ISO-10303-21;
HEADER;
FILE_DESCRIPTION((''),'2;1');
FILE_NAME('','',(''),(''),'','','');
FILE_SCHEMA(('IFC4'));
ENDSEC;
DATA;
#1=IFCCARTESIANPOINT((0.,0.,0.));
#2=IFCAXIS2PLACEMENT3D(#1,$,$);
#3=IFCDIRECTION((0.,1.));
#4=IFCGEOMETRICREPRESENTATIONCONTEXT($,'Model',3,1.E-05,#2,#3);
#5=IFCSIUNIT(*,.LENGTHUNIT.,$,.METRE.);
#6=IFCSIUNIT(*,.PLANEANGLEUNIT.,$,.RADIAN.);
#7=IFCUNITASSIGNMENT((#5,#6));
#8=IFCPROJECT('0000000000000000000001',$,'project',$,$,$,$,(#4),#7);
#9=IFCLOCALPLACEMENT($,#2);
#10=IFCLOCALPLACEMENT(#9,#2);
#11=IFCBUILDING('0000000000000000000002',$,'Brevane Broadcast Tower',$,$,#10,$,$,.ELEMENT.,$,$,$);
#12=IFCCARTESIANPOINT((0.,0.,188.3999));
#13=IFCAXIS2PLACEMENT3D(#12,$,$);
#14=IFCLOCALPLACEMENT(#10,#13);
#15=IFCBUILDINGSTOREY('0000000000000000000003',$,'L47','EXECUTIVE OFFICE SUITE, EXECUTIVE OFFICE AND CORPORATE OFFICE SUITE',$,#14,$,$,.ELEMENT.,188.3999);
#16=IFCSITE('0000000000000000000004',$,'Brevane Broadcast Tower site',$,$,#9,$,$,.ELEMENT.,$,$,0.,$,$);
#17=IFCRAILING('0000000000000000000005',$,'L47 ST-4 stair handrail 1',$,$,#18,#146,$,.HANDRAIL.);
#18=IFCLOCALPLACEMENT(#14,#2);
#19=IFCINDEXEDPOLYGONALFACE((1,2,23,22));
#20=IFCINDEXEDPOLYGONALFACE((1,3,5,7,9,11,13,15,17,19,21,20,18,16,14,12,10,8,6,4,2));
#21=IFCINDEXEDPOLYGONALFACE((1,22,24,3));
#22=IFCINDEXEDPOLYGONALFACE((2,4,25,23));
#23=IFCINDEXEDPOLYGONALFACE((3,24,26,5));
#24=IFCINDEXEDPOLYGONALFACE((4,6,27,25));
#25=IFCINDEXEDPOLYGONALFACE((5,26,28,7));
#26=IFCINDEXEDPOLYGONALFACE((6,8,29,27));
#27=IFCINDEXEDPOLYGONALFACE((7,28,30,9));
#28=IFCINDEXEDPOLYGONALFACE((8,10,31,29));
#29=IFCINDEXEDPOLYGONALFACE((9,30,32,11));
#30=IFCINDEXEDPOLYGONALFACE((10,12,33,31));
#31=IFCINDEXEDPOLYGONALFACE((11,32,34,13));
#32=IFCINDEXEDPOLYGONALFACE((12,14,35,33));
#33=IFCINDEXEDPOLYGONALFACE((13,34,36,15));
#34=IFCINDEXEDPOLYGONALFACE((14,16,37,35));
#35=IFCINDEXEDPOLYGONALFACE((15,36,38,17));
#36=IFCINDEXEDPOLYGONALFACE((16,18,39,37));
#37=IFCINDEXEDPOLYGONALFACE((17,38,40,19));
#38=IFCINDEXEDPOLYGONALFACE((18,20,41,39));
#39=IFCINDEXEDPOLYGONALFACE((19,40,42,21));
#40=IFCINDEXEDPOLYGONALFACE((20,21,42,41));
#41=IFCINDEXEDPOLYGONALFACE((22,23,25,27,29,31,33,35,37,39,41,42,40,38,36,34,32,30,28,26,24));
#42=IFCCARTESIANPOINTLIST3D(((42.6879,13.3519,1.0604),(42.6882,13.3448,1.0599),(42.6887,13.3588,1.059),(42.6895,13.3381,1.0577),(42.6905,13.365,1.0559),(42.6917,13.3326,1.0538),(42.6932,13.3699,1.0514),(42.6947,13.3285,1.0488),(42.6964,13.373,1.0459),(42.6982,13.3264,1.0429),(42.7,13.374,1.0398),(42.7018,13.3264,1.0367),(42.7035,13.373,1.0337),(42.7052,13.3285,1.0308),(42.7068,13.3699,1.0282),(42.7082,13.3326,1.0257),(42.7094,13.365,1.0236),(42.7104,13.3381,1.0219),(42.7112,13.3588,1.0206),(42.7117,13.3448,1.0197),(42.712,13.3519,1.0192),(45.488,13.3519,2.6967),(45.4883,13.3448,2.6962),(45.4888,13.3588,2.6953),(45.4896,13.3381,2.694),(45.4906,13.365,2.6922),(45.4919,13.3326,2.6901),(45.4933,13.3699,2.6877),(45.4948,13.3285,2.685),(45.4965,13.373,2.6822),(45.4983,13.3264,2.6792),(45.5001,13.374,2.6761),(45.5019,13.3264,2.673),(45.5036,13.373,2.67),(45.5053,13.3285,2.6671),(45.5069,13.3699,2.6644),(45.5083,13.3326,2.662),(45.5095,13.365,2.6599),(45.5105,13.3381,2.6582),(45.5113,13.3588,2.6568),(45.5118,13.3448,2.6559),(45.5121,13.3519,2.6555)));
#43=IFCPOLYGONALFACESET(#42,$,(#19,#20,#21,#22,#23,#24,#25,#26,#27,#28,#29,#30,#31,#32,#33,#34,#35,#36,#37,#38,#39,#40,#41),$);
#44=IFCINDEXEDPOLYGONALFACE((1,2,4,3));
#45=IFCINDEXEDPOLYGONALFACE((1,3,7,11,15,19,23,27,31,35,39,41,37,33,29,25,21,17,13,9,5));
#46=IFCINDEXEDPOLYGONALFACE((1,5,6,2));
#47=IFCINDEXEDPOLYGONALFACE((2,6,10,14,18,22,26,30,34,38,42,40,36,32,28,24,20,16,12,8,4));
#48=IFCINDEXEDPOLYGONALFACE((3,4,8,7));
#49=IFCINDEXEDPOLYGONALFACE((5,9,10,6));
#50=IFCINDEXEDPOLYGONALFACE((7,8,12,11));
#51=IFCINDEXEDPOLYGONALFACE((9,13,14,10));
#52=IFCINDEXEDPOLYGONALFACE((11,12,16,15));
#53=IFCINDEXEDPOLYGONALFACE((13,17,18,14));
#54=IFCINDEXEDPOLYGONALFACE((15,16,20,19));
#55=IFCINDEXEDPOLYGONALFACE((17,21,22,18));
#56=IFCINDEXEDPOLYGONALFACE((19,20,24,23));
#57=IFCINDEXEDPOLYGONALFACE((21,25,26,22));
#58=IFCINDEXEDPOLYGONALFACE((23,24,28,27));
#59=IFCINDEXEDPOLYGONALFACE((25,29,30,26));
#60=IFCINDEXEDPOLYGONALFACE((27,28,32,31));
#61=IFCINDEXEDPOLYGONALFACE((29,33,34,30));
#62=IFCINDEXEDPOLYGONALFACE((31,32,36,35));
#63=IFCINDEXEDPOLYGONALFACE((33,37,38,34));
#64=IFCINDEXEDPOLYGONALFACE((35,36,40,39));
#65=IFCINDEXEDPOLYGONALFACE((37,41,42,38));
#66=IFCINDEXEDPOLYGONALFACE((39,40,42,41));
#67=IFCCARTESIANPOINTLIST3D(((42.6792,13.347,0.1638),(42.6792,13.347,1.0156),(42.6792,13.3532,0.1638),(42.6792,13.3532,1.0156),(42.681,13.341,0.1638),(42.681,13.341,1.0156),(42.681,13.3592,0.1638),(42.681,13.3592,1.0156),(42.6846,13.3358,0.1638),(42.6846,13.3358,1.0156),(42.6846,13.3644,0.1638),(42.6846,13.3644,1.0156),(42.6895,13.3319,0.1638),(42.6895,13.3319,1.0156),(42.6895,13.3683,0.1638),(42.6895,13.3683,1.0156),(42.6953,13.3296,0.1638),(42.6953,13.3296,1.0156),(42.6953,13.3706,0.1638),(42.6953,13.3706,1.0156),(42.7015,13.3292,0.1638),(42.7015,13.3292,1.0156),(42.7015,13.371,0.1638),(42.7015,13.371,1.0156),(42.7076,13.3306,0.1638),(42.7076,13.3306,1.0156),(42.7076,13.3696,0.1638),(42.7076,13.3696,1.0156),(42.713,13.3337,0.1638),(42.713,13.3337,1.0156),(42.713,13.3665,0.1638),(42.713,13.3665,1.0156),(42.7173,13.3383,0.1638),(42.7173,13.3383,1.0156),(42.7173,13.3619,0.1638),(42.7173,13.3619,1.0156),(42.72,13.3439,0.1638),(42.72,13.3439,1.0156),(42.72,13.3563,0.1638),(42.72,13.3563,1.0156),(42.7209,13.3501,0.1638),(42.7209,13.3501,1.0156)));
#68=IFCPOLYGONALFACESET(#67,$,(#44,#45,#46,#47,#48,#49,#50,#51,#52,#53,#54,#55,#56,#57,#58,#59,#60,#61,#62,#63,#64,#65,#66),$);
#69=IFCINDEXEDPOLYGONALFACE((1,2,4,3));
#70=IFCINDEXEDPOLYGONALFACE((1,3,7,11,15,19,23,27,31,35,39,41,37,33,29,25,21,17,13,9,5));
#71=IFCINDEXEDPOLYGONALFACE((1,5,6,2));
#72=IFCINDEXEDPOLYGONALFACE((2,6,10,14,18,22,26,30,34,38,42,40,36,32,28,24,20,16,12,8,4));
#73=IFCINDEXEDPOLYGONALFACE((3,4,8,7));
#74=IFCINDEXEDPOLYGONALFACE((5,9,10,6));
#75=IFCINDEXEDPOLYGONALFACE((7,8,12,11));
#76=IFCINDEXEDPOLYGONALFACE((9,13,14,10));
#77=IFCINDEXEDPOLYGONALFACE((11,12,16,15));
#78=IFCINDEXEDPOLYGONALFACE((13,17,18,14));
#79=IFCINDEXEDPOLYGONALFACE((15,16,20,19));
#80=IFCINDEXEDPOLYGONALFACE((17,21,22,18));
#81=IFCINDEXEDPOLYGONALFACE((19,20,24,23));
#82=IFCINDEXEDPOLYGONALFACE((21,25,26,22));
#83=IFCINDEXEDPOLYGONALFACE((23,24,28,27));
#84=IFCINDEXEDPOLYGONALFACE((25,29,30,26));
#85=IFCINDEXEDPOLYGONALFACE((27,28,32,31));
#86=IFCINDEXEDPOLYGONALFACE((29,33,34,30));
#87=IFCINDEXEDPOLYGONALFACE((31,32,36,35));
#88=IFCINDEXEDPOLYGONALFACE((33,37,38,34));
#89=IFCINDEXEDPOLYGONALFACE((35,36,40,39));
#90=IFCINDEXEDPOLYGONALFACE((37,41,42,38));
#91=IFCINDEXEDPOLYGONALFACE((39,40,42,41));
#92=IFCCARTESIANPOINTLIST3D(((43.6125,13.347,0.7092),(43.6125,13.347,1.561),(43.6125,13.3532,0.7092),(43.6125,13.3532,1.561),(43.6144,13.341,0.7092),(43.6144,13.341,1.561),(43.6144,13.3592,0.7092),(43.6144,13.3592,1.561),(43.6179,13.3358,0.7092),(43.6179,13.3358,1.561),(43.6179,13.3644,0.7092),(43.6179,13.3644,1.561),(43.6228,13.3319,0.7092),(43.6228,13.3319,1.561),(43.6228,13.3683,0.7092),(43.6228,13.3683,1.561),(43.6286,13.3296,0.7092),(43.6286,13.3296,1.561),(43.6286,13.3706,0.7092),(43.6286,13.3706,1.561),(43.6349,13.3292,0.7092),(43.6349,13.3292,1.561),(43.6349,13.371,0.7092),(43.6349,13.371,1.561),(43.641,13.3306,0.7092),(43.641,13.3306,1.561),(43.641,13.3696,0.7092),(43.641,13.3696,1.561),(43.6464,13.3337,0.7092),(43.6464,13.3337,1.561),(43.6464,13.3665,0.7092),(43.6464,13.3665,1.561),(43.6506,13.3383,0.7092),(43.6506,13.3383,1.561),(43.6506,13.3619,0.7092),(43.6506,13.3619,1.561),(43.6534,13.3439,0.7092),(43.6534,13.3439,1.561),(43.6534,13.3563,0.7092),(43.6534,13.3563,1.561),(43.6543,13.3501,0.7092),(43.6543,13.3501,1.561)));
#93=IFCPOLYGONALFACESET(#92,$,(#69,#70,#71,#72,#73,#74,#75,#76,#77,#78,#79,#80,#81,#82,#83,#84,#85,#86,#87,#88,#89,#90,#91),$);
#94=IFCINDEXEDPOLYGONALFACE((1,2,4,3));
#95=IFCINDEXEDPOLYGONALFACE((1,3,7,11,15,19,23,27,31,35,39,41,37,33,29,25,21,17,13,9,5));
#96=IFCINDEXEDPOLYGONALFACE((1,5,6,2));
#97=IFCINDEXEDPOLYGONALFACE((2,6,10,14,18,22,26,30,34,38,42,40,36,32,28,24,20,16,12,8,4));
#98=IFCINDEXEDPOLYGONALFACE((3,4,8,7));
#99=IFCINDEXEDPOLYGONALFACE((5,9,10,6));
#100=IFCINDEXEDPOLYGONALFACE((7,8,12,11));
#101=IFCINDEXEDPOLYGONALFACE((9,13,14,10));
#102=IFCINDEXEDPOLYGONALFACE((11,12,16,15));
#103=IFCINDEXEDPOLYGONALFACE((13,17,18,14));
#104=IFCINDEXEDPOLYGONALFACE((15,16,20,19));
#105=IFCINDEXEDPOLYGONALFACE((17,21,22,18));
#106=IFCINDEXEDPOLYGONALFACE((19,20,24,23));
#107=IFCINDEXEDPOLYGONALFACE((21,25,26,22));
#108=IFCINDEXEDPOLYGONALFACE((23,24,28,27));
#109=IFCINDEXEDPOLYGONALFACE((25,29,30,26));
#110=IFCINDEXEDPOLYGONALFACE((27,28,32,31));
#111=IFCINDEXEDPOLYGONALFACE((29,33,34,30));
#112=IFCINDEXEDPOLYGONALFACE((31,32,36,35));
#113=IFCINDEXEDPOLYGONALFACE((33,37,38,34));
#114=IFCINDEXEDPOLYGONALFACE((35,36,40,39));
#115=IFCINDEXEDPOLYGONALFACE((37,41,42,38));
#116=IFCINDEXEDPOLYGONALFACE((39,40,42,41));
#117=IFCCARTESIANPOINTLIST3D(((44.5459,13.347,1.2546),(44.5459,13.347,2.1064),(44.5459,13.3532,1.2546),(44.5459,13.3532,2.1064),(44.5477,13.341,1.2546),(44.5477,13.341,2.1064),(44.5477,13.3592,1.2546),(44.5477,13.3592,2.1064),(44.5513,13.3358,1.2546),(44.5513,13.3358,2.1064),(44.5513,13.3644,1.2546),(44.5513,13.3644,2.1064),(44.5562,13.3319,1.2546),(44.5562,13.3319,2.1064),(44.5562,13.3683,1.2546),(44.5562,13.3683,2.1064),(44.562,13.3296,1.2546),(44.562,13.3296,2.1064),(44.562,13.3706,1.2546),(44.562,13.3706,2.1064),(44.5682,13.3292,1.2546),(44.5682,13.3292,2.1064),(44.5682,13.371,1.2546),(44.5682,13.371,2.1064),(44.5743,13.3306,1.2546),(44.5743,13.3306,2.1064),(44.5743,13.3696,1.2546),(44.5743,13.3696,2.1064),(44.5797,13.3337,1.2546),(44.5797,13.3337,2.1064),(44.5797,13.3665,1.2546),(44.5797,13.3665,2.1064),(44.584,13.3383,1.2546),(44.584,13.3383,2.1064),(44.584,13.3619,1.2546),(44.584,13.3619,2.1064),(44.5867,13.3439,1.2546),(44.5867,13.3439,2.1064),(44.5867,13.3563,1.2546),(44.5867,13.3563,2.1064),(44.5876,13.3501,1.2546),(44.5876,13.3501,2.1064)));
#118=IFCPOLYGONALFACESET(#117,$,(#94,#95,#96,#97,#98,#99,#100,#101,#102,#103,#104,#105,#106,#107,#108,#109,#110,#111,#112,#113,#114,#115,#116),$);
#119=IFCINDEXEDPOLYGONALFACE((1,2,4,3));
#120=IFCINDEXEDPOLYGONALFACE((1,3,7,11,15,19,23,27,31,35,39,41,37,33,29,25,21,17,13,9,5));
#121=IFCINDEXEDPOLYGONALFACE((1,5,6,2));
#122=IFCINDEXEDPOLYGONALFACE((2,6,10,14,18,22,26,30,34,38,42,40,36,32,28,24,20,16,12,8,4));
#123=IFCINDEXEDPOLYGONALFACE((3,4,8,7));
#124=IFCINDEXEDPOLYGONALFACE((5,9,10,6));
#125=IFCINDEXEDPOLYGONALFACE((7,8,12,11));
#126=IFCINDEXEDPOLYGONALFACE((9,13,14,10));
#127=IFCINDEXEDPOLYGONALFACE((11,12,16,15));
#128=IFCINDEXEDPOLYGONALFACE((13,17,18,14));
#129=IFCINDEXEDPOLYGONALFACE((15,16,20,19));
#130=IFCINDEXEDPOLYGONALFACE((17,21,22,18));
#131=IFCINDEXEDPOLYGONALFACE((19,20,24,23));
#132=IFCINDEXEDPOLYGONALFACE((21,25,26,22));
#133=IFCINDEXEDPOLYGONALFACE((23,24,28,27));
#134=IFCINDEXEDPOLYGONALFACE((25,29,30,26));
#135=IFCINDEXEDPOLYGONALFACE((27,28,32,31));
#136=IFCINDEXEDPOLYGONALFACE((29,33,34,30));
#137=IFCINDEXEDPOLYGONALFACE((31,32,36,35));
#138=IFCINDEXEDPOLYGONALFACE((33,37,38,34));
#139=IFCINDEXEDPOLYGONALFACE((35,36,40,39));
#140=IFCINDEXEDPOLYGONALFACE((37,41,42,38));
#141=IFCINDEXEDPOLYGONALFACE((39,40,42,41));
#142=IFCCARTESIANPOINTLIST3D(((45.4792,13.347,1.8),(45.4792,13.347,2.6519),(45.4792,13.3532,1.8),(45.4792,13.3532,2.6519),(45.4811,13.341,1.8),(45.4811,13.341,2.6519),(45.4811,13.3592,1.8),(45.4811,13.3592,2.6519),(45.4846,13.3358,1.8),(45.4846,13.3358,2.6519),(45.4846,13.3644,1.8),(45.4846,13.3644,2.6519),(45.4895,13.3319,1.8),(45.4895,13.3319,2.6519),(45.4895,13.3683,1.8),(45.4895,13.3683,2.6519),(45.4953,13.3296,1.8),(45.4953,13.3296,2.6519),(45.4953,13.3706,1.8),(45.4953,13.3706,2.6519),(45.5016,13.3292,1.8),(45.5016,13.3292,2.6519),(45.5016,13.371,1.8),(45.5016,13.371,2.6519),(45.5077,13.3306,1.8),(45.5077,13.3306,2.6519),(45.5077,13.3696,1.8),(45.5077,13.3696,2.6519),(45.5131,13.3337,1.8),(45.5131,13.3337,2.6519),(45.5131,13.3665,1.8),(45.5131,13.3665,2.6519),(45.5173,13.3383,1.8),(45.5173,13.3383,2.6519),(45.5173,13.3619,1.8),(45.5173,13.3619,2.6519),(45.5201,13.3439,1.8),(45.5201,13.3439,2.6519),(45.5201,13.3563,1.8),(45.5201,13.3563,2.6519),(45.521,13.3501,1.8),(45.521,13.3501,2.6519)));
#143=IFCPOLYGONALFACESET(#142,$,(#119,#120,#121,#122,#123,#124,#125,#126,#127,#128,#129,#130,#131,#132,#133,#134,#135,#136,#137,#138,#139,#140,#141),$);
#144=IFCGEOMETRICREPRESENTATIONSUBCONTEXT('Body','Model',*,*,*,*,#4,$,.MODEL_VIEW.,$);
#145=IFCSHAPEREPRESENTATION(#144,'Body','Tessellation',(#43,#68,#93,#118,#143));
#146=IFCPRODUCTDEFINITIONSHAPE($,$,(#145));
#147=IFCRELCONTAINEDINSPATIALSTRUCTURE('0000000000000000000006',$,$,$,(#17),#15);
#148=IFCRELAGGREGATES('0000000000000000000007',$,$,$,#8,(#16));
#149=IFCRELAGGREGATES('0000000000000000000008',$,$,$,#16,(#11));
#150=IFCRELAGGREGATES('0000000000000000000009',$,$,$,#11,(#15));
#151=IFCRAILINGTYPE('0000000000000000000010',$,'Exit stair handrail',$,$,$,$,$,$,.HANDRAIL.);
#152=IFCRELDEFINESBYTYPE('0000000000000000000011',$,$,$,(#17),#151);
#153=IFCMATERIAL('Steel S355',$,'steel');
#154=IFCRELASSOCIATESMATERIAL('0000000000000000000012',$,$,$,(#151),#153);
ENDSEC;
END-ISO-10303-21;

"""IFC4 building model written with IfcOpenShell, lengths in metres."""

from ifc_helpers import new_model, si_unit, direction, frame, origin, origin_2d, place, context, subcontext, project, spatial, circle, extrude, material, type_object, element, save


model = new_model("IFC4")

# Units and contexts
model_context = context("Model", 3, precision=1e-05, world=origin(), true_north=direction((0.0, 1.0)))
body_context = subcontext(model_context, "Body", "Model", "MODEL_VIEW")
ifc_project = project(units=[si_unit("LENGTHUNIT", "METRE"), si_unit("PLANEANGLEUNIT", "RADIAN")], contexts=[model_context])

# Site, building, storey
site_placement = place(None, origin())
site = spatial("IfcSite", under=ifc_project, at=site_placement, Name="Brevane Broadcast Tower site", CompositionType="ELEMENT", RefElevation=0.0)
building_placement = place(site_placement, origin())
building = spatial("IfcBuilding", under=site, at=building_placement, Name="Brevane Broadcast Tower", CompositionType="ELEMENT")
storey_placement = place(building_placement, frame((0.0, 0.0, 188.3999)))
storey = spatial("IfcBuildingStorey", under=building, at=storey_placement, Name="L47", Description="EXECUTIVE OFFICE SUITE, EXECUTIVE OFFICE AND CORPORATE OFFICE SUITE", CompositionType="ELEMENT", Elevation=188.3999)

# Railing
ifc_material_1 = material(Name="Steel S355", Category="steel")
railing_type_1 = type_object("IfcRailingType", Name="Exit stair handrail", PredefinedType="HANDRAIL", material=ifc_material_1)
railing_1_placement = place(storey_placement, frame((42.7, 13.3501, 0.1638)))
element("IfcRailing", 1, at=railing_1_placement, inside=storey, type_object=railing_type_1, Name="L47 ST-4 stair handrail 1", PredefinedType="HANDRAIL", context=body_context, shape_type="SweptSolid", body=[
    extrude(circle(Radius=0.0239, at=origin_2d()), frame((0.0, 0.0, 0.876), z_axis=(0.863394, 0.0, 0.504531), x_axis=(0.0, 1.0, 0.0)), (0.0, 0.0, 1.0), 3.2432),
    extrude(circle(Radius=0.021, at=origin_2d()), origin(), (0.0, 0.0, 1.0), 0.8518),
    extrude(circle(Radius=0.021, at=origin_2d()), frame((0.9333, 0.0, 0.5454)), (0.0, 0.0, 1.0), 0.8518),
    extrude(circle(Radius=0.021, at=origin_2d()), frame((1.8667, 0.0, 1.0908)), (0.0, 0.0, 1.0), 0.8518),
    extrude(circle(Radius=0.021, at=origin_2d()), frame((2.8, 0.0, 1.6362)), (0.0, 0.0, 1.0), 0.8518),
])

save(model, "model.ifc")
